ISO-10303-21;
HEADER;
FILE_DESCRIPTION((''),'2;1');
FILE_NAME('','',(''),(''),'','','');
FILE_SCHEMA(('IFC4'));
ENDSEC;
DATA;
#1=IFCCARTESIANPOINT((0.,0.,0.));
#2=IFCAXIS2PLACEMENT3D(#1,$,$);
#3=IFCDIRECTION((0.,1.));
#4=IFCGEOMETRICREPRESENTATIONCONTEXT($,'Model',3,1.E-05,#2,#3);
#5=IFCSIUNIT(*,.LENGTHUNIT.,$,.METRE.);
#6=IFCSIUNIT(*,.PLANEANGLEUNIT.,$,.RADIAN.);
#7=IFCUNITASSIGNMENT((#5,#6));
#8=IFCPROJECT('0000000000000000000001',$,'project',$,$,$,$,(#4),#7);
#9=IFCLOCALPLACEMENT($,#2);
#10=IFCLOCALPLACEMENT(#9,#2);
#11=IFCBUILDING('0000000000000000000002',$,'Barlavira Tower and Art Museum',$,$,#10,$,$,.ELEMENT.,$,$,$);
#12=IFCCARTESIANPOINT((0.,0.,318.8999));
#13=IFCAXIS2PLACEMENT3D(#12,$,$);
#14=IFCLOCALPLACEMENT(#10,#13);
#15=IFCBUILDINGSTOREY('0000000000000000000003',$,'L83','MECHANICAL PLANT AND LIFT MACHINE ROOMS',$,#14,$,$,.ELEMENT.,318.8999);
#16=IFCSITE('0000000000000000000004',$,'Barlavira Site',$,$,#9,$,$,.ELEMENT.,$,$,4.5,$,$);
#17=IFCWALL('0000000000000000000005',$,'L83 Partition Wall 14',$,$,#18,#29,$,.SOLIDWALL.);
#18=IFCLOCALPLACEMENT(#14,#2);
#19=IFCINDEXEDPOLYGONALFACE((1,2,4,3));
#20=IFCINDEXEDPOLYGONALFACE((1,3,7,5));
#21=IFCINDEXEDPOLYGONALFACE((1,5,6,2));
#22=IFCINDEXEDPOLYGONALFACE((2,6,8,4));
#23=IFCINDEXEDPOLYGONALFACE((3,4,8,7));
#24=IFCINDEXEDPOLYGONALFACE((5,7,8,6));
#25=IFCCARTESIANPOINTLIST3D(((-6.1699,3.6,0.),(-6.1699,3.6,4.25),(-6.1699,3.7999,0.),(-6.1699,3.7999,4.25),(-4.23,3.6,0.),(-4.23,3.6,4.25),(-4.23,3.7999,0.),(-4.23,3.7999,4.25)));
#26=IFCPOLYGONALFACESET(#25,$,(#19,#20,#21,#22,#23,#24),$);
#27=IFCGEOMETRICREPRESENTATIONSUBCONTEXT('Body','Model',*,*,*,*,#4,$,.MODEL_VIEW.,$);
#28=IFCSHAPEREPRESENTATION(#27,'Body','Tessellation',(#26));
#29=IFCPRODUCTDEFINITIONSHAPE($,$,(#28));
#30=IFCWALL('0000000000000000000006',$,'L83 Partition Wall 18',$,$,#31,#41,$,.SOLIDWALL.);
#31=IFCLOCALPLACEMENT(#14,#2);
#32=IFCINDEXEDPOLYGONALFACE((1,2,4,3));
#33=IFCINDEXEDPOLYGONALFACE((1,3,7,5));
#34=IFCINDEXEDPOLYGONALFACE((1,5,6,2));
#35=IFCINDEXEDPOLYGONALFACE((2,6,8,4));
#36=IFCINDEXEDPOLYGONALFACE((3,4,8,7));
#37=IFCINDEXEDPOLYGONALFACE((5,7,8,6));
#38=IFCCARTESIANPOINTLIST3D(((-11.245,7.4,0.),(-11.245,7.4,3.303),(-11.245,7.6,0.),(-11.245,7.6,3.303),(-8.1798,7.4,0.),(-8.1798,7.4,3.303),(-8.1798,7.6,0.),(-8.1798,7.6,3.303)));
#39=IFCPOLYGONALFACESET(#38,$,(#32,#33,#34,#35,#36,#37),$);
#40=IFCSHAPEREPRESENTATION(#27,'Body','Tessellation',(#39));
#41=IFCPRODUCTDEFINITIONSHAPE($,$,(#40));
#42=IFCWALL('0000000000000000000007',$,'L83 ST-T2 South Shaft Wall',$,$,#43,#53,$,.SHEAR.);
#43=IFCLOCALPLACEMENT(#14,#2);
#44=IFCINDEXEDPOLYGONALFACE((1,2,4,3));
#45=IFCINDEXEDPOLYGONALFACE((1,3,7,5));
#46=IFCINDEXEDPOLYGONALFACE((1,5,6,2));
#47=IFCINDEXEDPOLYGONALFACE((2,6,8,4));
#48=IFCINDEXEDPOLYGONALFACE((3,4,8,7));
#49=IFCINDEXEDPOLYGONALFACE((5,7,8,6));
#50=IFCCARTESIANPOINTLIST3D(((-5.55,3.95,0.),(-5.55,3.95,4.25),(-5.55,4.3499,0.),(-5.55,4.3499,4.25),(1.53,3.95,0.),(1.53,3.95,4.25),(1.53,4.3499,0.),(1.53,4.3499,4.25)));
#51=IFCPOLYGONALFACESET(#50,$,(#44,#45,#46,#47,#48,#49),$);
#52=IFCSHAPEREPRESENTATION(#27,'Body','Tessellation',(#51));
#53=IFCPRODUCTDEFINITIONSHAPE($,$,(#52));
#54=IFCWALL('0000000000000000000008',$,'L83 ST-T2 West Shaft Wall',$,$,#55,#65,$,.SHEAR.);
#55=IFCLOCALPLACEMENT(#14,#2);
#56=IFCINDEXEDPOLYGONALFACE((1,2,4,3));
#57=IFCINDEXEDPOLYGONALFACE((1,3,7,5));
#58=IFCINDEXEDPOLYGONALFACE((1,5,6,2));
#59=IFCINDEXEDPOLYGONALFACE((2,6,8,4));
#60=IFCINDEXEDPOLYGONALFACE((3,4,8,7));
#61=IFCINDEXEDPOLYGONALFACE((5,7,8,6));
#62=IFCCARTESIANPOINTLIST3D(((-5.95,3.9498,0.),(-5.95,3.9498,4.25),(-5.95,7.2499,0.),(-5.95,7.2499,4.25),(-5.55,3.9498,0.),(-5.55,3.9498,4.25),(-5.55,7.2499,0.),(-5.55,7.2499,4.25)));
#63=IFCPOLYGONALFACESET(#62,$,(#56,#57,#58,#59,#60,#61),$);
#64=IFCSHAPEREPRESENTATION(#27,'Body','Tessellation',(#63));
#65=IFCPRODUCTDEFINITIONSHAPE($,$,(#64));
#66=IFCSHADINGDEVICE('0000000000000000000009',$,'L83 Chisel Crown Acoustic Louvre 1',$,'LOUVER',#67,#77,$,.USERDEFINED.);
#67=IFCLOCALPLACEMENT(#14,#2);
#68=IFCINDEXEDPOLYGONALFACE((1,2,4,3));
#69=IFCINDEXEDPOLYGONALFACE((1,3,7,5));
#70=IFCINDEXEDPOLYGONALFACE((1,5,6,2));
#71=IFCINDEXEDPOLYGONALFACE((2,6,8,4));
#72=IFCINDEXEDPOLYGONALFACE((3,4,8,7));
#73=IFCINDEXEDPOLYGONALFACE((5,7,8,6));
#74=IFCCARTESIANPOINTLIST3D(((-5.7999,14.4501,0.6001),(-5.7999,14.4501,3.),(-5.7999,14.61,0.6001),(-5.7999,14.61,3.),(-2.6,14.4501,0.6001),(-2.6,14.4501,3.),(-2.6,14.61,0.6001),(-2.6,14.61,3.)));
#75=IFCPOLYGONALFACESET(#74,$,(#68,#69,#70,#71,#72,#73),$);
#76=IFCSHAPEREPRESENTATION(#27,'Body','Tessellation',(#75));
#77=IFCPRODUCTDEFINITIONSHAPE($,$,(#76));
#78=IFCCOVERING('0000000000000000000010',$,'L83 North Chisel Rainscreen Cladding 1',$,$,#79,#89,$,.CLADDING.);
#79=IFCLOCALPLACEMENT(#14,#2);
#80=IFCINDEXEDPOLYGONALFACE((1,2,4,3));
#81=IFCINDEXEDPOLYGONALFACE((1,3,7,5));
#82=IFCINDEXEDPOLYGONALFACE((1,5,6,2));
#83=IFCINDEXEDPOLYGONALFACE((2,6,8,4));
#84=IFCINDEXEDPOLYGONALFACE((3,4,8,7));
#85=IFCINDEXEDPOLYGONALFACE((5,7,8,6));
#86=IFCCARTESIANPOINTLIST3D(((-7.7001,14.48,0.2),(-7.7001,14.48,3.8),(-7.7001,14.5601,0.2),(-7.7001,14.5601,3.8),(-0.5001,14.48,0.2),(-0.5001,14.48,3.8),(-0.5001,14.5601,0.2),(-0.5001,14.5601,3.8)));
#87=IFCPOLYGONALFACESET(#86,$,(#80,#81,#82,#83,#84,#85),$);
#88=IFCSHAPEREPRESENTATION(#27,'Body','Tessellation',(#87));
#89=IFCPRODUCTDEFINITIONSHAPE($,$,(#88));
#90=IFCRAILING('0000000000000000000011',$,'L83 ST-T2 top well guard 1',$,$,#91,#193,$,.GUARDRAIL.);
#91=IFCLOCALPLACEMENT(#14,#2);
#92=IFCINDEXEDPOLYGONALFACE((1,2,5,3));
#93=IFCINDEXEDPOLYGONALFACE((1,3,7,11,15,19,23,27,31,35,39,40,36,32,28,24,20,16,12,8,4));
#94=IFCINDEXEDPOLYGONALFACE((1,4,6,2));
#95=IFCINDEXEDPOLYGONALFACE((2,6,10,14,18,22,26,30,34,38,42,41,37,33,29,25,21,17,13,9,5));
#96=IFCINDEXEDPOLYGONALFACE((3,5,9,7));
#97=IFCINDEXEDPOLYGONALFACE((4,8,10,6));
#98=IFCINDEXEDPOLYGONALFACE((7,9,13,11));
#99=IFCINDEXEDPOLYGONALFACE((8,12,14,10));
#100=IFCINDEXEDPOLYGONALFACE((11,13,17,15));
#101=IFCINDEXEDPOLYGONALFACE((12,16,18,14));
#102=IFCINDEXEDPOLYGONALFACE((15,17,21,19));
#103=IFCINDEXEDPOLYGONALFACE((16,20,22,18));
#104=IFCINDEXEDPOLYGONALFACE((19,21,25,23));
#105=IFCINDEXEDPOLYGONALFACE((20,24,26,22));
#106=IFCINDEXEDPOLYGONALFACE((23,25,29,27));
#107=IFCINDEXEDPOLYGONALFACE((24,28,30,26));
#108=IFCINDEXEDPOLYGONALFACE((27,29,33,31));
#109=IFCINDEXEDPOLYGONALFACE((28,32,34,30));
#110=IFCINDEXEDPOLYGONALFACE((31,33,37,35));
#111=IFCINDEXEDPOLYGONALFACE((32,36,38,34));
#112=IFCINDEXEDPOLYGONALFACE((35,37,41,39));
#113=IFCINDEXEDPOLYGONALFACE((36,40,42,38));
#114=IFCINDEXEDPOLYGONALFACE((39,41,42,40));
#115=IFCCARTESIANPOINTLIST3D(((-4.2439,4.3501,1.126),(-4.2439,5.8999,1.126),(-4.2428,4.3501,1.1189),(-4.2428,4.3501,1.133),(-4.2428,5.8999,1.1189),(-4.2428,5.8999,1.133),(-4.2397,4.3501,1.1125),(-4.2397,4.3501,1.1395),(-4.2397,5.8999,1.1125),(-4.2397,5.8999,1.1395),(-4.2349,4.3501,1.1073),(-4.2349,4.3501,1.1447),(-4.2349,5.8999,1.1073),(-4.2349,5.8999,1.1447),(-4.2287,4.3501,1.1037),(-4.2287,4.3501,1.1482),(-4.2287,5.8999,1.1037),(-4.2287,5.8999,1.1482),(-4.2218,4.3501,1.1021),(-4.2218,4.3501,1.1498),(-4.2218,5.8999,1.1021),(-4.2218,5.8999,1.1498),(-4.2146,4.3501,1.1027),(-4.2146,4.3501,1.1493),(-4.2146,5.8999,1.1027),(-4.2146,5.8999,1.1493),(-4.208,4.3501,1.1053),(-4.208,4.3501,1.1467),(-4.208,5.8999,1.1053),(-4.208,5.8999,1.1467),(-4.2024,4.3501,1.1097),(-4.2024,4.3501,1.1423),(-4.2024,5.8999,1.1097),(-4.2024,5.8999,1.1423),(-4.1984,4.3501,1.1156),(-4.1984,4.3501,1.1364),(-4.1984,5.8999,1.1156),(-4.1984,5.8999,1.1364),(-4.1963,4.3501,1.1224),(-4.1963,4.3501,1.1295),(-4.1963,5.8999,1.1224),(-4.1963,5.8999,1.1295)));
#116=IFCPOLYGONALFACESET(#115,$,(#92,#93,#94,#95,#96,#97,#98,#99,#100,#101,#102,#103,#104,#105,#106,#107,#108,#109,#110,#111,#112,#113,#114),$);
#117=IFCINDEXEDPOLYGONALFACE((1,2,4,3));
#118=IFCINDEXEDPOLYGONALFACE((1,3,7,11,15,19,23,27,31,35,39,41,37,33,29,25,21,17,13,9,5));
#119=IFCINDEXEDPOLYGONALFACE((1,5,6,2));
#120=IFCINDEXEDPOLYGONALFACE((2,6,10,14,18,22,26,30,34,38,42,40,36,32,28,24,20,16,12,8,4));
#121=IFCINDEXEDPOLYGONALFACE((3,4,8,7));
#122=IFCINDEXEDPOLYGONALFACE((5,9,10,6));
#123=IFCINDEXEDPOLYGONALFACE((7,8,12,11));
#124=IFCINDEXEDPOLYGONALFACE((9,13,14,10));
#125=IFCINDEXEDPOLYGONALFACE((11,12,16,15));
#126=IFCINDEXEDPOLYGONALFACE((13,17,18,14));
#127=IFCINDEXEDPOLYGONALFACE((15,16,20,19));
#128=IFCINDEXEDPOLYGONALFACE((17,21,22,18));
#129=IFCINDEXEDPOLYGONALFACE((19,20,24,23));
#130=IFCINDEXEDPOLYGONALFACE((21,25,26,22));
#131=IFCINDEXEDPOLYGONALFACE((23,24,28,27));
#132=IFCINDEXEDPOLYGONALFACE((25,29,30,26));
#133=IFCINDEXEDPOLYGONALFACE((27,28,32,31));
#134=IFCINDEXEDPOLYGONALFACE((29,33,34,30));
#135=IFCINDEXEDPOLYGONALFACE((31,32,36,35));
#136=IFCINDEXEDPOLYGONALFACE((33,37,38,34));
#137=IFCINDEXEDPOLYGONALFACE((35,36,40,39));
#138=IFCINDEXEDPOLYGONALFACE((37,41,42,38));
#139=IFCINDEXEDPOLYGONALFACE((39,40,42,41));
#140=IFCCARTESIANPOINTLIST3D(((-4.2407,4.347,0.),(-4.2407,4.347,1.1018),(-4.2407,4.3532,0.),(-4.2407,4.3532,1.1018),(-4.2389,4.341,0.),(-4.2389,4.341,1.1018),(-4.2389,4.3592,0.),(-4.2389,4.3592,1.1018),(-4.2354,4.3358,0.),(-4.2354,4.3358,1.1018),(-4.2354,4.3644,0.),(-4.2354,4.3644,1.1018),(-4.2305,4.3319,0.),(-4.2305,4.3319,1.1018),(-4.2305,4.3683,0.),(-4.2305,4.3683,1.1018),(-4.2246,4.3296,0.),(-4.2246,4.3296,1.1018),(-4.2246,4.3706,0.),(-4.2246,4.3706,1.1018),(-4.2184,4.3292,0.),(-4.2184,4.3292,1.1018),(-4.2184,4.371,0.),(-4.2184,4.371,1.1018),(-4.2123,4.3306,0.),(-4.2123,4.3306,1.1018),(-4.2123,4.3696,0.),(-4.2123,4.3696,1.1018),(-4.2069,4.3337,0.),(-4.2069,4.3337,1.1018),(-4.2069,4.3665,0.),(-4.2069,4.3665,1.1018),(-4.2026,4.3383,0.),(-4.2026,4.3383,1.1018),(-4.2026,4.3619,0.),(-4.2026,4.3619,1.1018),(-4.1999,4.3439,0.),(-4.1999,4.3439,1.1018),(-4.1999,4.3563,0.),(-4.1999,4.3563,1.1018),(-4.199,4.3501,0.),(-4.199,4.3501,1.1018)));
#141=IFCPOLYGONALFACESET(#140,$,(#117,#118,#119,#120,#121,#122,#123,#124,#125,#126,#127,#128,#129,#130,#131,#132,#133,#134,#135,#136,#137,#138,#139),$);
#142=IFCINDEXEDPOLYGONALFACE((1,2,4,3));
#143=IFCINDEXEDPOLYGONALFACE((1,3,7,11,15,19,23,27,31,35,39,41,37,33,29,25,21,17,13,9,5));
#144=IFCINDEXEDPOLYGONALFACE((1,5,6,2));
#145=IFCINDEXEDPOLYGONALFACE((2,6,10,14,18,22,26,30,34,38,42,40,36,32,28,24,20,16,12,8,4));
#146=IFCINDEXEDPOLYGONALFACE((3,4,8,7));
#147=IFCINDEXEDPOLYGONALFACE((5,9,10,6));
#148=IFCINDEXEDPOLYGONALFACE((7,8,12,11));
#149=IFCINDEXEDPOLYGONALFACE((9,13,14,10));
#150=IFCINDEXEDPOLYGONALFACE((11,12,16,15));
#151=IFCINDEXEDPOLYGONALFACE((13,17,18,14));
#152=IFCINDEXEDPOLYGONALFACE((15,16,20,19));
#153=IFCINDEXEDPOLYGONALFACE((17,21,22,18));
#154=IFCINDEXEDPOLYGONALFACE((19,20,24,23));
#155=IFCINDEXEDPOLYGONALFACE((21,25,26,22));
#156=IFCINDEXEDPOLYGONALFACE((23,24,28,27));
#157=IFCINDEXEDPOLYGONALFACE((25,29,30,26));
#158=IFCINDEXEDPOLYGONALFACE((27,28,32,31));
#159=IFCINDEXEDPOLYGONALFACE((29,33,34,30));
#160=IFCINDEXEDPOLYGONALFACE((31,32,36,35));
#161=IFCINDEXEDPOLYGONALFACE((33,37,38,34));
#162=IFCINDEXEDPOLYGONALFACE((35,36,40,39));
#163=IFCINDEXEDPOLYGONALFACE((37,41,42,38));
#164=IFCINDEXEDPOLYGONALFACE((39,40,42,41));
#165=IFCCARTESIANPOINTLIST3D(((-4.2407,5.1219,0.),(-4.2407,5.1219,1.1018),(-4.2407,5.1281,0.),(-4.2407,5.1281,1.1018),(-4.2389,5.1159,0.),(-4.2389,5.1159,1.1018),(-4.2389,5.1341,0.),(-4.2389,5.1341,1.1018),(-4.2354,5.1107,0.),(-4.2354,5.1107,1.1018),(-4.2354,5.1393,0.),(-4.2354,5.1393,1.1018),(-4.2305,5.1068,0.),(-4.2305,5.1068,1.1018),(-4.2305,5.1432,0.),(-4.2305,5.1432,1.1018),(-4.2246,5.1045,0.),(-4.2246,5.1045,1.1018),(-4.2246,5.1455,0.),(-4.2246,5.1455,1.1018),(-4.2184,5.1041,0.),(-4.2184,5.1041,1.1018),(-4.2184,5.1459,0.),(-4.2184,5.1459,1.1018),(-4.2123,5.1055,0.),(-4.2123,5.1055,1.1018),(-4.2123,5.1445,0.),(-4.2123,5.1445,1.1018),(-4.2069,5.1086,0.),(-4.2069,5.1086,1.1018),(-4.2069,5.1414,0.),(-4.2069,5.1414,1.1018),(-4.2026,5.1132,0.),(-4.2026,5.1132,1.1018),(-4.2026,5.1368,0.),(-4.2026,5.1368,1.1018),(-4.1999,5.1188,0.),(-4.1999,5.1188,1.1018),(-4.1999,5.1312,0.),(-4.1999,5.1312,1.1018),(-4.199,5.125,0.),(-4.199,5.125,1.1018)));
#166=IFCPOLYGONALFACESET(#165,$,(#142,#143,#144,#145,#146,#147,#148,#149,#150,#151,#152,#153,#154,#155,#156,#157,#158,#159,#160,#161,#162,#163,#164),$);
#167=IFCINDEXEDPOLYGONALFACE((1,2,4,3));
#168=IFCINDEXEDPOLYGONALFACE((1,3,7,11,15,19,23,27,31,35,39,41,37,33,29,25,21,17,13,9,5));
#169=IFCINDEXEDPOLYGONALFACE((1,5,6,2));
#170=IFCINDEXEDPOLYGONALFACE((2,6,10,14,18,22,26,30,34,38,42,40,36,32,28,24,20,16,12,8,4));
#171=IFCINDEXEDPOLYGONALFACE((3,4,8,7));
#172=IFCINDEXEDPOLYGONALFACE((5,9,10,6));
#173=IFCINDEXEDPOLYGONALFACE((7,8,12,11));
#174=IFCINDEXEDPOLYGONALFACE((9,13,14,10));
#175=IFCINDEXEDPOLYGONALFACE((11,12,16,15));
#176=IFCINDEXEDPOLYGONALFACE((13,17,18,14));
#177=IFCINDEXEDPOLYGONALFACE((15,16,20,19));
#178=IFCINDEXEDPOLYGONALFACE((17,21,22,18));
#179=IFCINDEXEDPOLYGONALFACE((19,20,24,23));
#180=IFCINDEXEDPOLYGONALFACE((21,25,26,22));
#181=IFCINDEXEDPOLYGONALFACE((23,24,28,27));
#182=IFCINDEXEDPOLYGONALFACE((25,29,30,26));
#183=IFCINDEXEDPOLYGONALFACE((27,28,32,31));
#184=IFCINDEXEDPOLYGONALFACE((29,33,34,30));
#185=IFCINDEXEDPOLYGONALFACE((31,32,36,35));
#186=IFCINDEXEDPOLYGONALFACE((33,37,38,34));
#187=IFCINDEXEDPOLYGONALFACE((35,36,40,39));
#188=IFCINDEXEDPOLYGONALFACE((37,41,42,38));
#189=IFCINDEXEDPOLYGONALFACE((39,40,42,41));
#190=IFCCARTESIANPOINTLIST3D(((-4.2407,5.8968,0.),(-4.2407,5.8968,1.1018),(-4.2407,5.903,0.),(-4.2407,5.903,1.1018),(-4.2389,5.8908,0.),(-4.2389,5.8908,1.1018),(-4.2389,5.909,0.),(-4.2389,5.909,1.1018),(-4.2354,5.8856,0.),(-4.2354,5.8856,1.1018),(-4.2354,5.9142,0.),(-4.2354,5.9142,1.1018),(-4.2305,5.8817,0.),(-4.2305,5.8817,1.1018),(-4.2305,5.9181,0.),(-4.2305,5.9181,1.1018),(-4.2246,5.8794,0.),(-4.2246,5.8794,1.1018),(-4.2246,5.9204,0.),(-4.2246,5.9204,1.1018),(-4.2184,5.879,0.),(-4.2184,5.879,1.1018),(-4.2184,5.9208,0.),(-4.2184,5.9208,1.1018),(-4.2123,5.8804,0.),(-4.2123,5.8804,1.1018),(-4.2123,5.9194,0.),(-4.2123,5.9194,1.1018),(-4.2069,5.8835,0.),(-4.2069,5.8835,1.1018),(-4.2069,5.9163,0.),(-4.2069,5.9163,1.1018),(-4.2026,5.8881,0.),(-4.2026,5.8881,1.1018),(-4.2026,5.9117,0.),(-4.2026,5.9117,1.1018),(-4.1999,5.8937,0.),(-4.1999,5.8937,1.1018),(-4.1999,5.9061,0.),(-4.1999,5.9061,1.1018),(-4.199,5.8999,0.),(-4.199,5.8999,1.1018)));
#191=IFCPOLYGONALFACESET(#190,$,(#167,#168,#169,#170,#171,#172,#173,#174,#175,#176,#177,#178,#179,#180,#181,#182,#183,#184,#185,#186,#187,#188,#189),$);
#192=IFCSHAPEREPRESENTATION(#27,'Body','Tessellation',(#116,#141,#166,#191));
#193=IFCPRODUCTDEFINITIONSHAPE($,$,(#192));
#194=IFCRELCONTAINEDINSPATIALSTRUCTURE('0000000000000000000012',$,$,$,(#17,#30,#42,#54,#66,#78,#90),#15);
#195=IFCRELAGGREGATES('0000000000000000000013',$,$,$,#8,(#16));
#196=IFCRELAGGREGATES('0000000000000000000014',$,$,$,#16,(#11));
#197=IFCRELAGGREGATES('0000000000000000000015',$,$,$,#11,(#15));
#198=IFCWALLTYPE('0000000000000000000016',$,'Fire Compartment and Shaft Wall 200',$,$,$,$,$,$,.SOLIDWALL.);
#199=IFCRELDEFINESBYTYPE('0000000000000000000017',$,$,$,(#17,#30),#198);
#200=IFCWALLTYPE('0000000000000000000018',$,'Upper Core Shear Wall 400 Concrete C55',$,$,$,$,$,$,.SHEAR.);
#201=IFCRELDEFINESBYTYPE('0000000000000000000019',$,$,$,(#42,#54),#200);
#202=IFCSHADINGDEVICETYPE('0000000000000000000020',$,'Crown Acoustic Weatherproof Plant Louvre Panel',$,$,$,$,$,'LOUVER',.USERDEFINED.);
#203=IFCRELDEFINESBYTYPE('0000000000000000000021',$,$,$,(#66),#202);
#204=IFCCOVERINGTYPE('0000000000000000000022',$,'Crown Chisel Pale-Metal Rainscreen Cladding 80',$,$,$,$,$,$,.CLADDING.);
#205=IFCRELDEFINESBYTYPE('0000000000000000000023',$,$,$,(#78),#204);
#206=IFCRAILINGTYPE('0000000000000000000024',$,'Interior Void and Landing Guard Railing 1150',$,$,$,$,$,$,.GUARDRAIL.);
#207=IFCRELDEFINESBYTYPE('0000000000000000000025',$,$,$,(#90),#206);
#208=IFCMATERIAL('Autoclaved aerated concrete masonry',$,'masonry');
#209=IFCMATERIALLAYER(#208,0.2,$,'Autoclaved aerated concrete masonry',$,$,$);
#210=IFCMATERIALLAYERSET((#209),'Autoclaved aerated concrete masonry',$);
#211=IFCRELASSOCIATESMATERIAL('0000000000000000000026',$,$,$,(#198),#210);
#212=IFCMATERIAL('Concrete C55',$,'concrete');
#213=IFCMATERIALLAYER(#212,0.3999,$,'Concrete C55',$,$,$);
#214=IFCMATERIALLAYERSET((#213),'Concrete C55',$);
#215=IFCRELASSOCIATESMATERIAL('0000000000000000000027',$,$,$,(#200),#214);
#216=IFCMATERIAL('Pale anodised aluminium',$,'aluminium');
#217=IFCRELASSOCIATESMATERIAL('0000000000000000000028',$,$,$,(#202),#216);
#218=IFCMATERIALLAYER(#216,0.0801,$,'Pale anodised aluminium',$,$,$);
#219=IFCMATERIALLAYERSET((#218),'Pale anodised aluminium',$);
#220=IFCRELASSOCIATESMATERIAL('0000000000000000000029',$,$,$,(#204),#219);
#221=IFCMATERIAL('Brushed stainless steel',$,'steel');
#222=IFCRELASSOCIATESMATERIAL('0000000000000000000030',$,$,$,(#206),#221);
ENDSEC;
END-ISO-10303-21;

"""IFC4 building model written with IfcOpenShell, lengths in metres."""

from ifc_helpers import new_model, si_unit, direction, frame, frame_2d, origin, origin_2d, place, context, subcontext, project, spatial, rectangle, circle, extrude, material, layer, layer_set, type_object, element, save


model = new_model("IFC4")

# Units and contexts
model_context = context("Model", 3, precision=1e-05, world=origin(), true_north=direction((0.0, 1.0)))
body_context = subcontext(model_context, "Body", "Model", "MODEL_VIEW")
ifc_project = project(units=[si_unit("LENGTHUNIT", "METRE"), si_unit("PLANEANGLEUNIT", "RADIAN")], contexts=[model_context])

# Site, building, storey
site_placement = place(None, origin())
site = spatial("IfcSite", under=ifc_project, at=site_placement, Name="Barlavira Site", CompositionType="ELEMENT", RefElevation=4.5)
building_placement = place(site_placement, origin())
building = spatial("IfcBuilding", under=site, at=building_placement, Name="Barlavira Tower and Art Museum", CompositionType="ELEMENT")
storey_placement = place(building_placement, frame((0.0, 0.0, 318.8999)))
storey = spatial("IfcBuildingStorey", under=building, at=storey_placement, Name="L83", Description="MECHANICAL PLANT AND LIFT MACHINE ROOMS", CompositionType="ELEMENT", Elevation=318.8999)

# Shared definitions
ifc_material_1 = material(Name="Brushed stainless steel", Category="steel")

# Shared definitions
ifc_material_2 = material(Name="Autoclaved aerated concrete masonry", Category="masonry")
ifc_layer_1 = layer(ifc_material_2, 0.2, Name="Autoclaved aerated concrete masonry")
ifc_layer_set_1 = layer_set([ifc_layer_1], Name="Autoclaved aerated concrete masonry")
wall_type_1 = type_object("IfcWallType", Name="Fire Compartment and Shaft Wall 200", PredefinedType="SOLIDWALL", material=ifc_layer_set_1)

# Walls
for number, where, z_axis, x_axis, name in (
    (1, (-6.1699, 3.7, 0.0), (0.0, 0.0, 1.0), (1.0, 0.0, 0.0), "L83 Partition Wall 14"),
):
    element("IfcWall", number, at=place(storey_placement, frame(where, z_axis=z_axis, x_axis=x_axis)), inside=storey, type_object=wall_type_1, Name=name, PredefinedType="SOLIDWALL", context=body_context, shape_type="SweptSolid", body=[
        extrude(rectangle(XDim=1.9399, YDim=0.2, at=frame_2d((0.97, 0.0))), origin(), (0.0, 0.0, 1.0), 4.25),
    ])
wall_1_placement = place(storey_placement, frame((-11.2451, 7.5, 0.0), z_axis=(0.0, 0.0, 1.0), x_axis=(1.0, 0.0, 0.0)))
element("IfcWall", 2, at=wall_1_placement, inside=storey, type_object=wall_type_1, Name="L83 Partition Wall 18", PredefinedType="SOLIDWALL", context=body_context, shape_type="SweptSolid", body=[
    extrude(rectangle(XDim=3.0652, YDim=0.2, at=frame_2d((1.5327, 0.0))), origin(), (0.0, 0.0, 1.0), 3.303),
])
ifc_material_3 = material(Name="Concrete C55", Category="concrete")
ifc_layer_2 = layer(ifc_material_3, 0.3999, Name="Concrete C55")
ifc_layer_set_2 = layer_set([ifc_layer_2], Name="Concrete C55")
wall_type_2 = type_object("IfcWallType", Name="Upper Core Shear Wall 400 Concrete C55", PredefinedType="SHEAR", material=ifc_layer_set_2)
wall_2_placement = place(storey_placement, frame((-5.55, 4.1499, 0.0), z_axis=(0.0, 0.0, 1.0), x_axis=(1.0, 0.0, 0.0)))
element("IfcWall", 3, at=wall_2_placement, inside=storey, type_object=wall_type_2, Name="L83 ST-T2 South Shaft Wall", PredefinedType="SHEAR", context=body_context, shape_type="SweptSolid", body=[
    extrude(rectangle(XDim=7.0801, YDim=0.3999, at=frame_2d((3.54, 0.0))), origin(), (0.0, 0.0, 1.0), 4.25),
])
wall_3_placement = place(storey_placement, frame((-5.75, 3.95, 0.0), z_axis=(0.0, 0.0, 1.0), x_axis=(0.0, 1.0, 0.0)))
element("IfcWall", 4, at=wall_3_placement, inside=storey, type_object=wall_type_2, Name="L83 ST-T2 West Shaft Wall", PredefinedType="SHEAR", context=body_context, shape_type="SweptSolid", body=[
    extrude(rectangle(XDim=3.3, YDim=0.3999, at=frame_2d((1.6499, 0.0))), origin(), (0.0, 0.0, 1.0), 4.25),
])

# Shading device
ifc_material_4 = material(Name="Pale anodised aluminium", Category="aluminium")
shading_device_type = type_object("IfcShadingDeviceType", Name="Crown Acoustic Weatherproof Plant Louvre Panel", ElementType="LOUVER", PredefinedType="USERDEFINED", material=ifc_material_4)
shading_device_placement = place(storey_placement, frame((-4.2, 14.53, 0.6001), z_axis=(0.0, 0.0, 1.0), x_axis=(1.0, 0.0, 0.0)))
element("IfcShadingDevice", 5, at=shading_device_placement, inside=storey, type_object=shading_device_type, Name="L83 Chisel Crown Acoustic Louvre 1", ObjectType="LOUVER", PredefinedType="USERDEFINED", context=body_context, shape_type="SweptSolid", body=[
    extrude(rectangle(XDim=3.2, YDim=0.1599, at=origin_2d()), origin(), (0.0, 0.0, 1.0), 2.3999),
])

# Covering
ifc_layer_3 = layer(ifc_material_4, 0.0801, Name="Pale anodised aluminium")
ifc_layer_set_3 = layer_set([ifc_layer_3], Name="Pale anodised aluminium")
covering_type = type_object("IfcCoveringType", Name="Crown Chisel Pale-Metal Rainscreen Cladding 80", PredefinedType="CLADDING", material=ifc_layer_set_3)
covering_placement = place(storey_placement, frame((-4.1001, 14.52, 0.2), z_axis=(0.0, 0.0, 1.0), x_axis=(1.0, 0.0, 0.0)))
element("IfcCovering", 6, at=covering_placement, inside=storey, type_object=covering_type, Name="L83 North Chisel Rainscreen Cladding 1", PredefinedType="CLADDING", context=body_context, shape_type="SweptSolid", body=[
    extrude(rectangle(XDim=7.2, YDim=0.0801, at=origin_2d()), origin(), (0.0, 0.0, 1.0), 3.6001),
])

# Railing
railing_type = type_object("IfcRailingType", Name="Interior Void and Landing Guard Railing 1150", PredefinedType="GUARDRAIL", material=ifc_material_1)
railing_placement = place(storey_placement, frame((-4.22, 4.3501, 0.0)))
element("IfcRailing", 7, at=railing_placement, inside=storey, type_object=railing_type, Name="L83 ST-T2 top well guard 1", PredefinedType="GUARDRAIL", context=body_context, shape_type="SweptSolid", body=[
    extrude(circle(Radius=0.0239, at=origin_2d()), frame((0.0, 0.0, 1.126), z_axis=(0.0, 1.0, 0.0), x_axis=(-1.0, 0.0, 0.0)), (0.0, 0.0, 1.0), 1.5498),
    extrude(circle(Radius=0.021, at=origin_2d()), origin(), (0.0, 0.0, 1.0), 1.1018),
    extrude(circle(Radius=0.021, at=origin_2d()), frame((0.0, 0.7749, 0.0)), (0.0, 0.0, 1.0), 1.1018),
    extrude(circle(Radius=0.021, at=origin_2d()), frame((0.0, 1.5498, 0.0)), (0.0, 0.0, 1.0), 1.1018),
])

save(model, "model.ifc")
